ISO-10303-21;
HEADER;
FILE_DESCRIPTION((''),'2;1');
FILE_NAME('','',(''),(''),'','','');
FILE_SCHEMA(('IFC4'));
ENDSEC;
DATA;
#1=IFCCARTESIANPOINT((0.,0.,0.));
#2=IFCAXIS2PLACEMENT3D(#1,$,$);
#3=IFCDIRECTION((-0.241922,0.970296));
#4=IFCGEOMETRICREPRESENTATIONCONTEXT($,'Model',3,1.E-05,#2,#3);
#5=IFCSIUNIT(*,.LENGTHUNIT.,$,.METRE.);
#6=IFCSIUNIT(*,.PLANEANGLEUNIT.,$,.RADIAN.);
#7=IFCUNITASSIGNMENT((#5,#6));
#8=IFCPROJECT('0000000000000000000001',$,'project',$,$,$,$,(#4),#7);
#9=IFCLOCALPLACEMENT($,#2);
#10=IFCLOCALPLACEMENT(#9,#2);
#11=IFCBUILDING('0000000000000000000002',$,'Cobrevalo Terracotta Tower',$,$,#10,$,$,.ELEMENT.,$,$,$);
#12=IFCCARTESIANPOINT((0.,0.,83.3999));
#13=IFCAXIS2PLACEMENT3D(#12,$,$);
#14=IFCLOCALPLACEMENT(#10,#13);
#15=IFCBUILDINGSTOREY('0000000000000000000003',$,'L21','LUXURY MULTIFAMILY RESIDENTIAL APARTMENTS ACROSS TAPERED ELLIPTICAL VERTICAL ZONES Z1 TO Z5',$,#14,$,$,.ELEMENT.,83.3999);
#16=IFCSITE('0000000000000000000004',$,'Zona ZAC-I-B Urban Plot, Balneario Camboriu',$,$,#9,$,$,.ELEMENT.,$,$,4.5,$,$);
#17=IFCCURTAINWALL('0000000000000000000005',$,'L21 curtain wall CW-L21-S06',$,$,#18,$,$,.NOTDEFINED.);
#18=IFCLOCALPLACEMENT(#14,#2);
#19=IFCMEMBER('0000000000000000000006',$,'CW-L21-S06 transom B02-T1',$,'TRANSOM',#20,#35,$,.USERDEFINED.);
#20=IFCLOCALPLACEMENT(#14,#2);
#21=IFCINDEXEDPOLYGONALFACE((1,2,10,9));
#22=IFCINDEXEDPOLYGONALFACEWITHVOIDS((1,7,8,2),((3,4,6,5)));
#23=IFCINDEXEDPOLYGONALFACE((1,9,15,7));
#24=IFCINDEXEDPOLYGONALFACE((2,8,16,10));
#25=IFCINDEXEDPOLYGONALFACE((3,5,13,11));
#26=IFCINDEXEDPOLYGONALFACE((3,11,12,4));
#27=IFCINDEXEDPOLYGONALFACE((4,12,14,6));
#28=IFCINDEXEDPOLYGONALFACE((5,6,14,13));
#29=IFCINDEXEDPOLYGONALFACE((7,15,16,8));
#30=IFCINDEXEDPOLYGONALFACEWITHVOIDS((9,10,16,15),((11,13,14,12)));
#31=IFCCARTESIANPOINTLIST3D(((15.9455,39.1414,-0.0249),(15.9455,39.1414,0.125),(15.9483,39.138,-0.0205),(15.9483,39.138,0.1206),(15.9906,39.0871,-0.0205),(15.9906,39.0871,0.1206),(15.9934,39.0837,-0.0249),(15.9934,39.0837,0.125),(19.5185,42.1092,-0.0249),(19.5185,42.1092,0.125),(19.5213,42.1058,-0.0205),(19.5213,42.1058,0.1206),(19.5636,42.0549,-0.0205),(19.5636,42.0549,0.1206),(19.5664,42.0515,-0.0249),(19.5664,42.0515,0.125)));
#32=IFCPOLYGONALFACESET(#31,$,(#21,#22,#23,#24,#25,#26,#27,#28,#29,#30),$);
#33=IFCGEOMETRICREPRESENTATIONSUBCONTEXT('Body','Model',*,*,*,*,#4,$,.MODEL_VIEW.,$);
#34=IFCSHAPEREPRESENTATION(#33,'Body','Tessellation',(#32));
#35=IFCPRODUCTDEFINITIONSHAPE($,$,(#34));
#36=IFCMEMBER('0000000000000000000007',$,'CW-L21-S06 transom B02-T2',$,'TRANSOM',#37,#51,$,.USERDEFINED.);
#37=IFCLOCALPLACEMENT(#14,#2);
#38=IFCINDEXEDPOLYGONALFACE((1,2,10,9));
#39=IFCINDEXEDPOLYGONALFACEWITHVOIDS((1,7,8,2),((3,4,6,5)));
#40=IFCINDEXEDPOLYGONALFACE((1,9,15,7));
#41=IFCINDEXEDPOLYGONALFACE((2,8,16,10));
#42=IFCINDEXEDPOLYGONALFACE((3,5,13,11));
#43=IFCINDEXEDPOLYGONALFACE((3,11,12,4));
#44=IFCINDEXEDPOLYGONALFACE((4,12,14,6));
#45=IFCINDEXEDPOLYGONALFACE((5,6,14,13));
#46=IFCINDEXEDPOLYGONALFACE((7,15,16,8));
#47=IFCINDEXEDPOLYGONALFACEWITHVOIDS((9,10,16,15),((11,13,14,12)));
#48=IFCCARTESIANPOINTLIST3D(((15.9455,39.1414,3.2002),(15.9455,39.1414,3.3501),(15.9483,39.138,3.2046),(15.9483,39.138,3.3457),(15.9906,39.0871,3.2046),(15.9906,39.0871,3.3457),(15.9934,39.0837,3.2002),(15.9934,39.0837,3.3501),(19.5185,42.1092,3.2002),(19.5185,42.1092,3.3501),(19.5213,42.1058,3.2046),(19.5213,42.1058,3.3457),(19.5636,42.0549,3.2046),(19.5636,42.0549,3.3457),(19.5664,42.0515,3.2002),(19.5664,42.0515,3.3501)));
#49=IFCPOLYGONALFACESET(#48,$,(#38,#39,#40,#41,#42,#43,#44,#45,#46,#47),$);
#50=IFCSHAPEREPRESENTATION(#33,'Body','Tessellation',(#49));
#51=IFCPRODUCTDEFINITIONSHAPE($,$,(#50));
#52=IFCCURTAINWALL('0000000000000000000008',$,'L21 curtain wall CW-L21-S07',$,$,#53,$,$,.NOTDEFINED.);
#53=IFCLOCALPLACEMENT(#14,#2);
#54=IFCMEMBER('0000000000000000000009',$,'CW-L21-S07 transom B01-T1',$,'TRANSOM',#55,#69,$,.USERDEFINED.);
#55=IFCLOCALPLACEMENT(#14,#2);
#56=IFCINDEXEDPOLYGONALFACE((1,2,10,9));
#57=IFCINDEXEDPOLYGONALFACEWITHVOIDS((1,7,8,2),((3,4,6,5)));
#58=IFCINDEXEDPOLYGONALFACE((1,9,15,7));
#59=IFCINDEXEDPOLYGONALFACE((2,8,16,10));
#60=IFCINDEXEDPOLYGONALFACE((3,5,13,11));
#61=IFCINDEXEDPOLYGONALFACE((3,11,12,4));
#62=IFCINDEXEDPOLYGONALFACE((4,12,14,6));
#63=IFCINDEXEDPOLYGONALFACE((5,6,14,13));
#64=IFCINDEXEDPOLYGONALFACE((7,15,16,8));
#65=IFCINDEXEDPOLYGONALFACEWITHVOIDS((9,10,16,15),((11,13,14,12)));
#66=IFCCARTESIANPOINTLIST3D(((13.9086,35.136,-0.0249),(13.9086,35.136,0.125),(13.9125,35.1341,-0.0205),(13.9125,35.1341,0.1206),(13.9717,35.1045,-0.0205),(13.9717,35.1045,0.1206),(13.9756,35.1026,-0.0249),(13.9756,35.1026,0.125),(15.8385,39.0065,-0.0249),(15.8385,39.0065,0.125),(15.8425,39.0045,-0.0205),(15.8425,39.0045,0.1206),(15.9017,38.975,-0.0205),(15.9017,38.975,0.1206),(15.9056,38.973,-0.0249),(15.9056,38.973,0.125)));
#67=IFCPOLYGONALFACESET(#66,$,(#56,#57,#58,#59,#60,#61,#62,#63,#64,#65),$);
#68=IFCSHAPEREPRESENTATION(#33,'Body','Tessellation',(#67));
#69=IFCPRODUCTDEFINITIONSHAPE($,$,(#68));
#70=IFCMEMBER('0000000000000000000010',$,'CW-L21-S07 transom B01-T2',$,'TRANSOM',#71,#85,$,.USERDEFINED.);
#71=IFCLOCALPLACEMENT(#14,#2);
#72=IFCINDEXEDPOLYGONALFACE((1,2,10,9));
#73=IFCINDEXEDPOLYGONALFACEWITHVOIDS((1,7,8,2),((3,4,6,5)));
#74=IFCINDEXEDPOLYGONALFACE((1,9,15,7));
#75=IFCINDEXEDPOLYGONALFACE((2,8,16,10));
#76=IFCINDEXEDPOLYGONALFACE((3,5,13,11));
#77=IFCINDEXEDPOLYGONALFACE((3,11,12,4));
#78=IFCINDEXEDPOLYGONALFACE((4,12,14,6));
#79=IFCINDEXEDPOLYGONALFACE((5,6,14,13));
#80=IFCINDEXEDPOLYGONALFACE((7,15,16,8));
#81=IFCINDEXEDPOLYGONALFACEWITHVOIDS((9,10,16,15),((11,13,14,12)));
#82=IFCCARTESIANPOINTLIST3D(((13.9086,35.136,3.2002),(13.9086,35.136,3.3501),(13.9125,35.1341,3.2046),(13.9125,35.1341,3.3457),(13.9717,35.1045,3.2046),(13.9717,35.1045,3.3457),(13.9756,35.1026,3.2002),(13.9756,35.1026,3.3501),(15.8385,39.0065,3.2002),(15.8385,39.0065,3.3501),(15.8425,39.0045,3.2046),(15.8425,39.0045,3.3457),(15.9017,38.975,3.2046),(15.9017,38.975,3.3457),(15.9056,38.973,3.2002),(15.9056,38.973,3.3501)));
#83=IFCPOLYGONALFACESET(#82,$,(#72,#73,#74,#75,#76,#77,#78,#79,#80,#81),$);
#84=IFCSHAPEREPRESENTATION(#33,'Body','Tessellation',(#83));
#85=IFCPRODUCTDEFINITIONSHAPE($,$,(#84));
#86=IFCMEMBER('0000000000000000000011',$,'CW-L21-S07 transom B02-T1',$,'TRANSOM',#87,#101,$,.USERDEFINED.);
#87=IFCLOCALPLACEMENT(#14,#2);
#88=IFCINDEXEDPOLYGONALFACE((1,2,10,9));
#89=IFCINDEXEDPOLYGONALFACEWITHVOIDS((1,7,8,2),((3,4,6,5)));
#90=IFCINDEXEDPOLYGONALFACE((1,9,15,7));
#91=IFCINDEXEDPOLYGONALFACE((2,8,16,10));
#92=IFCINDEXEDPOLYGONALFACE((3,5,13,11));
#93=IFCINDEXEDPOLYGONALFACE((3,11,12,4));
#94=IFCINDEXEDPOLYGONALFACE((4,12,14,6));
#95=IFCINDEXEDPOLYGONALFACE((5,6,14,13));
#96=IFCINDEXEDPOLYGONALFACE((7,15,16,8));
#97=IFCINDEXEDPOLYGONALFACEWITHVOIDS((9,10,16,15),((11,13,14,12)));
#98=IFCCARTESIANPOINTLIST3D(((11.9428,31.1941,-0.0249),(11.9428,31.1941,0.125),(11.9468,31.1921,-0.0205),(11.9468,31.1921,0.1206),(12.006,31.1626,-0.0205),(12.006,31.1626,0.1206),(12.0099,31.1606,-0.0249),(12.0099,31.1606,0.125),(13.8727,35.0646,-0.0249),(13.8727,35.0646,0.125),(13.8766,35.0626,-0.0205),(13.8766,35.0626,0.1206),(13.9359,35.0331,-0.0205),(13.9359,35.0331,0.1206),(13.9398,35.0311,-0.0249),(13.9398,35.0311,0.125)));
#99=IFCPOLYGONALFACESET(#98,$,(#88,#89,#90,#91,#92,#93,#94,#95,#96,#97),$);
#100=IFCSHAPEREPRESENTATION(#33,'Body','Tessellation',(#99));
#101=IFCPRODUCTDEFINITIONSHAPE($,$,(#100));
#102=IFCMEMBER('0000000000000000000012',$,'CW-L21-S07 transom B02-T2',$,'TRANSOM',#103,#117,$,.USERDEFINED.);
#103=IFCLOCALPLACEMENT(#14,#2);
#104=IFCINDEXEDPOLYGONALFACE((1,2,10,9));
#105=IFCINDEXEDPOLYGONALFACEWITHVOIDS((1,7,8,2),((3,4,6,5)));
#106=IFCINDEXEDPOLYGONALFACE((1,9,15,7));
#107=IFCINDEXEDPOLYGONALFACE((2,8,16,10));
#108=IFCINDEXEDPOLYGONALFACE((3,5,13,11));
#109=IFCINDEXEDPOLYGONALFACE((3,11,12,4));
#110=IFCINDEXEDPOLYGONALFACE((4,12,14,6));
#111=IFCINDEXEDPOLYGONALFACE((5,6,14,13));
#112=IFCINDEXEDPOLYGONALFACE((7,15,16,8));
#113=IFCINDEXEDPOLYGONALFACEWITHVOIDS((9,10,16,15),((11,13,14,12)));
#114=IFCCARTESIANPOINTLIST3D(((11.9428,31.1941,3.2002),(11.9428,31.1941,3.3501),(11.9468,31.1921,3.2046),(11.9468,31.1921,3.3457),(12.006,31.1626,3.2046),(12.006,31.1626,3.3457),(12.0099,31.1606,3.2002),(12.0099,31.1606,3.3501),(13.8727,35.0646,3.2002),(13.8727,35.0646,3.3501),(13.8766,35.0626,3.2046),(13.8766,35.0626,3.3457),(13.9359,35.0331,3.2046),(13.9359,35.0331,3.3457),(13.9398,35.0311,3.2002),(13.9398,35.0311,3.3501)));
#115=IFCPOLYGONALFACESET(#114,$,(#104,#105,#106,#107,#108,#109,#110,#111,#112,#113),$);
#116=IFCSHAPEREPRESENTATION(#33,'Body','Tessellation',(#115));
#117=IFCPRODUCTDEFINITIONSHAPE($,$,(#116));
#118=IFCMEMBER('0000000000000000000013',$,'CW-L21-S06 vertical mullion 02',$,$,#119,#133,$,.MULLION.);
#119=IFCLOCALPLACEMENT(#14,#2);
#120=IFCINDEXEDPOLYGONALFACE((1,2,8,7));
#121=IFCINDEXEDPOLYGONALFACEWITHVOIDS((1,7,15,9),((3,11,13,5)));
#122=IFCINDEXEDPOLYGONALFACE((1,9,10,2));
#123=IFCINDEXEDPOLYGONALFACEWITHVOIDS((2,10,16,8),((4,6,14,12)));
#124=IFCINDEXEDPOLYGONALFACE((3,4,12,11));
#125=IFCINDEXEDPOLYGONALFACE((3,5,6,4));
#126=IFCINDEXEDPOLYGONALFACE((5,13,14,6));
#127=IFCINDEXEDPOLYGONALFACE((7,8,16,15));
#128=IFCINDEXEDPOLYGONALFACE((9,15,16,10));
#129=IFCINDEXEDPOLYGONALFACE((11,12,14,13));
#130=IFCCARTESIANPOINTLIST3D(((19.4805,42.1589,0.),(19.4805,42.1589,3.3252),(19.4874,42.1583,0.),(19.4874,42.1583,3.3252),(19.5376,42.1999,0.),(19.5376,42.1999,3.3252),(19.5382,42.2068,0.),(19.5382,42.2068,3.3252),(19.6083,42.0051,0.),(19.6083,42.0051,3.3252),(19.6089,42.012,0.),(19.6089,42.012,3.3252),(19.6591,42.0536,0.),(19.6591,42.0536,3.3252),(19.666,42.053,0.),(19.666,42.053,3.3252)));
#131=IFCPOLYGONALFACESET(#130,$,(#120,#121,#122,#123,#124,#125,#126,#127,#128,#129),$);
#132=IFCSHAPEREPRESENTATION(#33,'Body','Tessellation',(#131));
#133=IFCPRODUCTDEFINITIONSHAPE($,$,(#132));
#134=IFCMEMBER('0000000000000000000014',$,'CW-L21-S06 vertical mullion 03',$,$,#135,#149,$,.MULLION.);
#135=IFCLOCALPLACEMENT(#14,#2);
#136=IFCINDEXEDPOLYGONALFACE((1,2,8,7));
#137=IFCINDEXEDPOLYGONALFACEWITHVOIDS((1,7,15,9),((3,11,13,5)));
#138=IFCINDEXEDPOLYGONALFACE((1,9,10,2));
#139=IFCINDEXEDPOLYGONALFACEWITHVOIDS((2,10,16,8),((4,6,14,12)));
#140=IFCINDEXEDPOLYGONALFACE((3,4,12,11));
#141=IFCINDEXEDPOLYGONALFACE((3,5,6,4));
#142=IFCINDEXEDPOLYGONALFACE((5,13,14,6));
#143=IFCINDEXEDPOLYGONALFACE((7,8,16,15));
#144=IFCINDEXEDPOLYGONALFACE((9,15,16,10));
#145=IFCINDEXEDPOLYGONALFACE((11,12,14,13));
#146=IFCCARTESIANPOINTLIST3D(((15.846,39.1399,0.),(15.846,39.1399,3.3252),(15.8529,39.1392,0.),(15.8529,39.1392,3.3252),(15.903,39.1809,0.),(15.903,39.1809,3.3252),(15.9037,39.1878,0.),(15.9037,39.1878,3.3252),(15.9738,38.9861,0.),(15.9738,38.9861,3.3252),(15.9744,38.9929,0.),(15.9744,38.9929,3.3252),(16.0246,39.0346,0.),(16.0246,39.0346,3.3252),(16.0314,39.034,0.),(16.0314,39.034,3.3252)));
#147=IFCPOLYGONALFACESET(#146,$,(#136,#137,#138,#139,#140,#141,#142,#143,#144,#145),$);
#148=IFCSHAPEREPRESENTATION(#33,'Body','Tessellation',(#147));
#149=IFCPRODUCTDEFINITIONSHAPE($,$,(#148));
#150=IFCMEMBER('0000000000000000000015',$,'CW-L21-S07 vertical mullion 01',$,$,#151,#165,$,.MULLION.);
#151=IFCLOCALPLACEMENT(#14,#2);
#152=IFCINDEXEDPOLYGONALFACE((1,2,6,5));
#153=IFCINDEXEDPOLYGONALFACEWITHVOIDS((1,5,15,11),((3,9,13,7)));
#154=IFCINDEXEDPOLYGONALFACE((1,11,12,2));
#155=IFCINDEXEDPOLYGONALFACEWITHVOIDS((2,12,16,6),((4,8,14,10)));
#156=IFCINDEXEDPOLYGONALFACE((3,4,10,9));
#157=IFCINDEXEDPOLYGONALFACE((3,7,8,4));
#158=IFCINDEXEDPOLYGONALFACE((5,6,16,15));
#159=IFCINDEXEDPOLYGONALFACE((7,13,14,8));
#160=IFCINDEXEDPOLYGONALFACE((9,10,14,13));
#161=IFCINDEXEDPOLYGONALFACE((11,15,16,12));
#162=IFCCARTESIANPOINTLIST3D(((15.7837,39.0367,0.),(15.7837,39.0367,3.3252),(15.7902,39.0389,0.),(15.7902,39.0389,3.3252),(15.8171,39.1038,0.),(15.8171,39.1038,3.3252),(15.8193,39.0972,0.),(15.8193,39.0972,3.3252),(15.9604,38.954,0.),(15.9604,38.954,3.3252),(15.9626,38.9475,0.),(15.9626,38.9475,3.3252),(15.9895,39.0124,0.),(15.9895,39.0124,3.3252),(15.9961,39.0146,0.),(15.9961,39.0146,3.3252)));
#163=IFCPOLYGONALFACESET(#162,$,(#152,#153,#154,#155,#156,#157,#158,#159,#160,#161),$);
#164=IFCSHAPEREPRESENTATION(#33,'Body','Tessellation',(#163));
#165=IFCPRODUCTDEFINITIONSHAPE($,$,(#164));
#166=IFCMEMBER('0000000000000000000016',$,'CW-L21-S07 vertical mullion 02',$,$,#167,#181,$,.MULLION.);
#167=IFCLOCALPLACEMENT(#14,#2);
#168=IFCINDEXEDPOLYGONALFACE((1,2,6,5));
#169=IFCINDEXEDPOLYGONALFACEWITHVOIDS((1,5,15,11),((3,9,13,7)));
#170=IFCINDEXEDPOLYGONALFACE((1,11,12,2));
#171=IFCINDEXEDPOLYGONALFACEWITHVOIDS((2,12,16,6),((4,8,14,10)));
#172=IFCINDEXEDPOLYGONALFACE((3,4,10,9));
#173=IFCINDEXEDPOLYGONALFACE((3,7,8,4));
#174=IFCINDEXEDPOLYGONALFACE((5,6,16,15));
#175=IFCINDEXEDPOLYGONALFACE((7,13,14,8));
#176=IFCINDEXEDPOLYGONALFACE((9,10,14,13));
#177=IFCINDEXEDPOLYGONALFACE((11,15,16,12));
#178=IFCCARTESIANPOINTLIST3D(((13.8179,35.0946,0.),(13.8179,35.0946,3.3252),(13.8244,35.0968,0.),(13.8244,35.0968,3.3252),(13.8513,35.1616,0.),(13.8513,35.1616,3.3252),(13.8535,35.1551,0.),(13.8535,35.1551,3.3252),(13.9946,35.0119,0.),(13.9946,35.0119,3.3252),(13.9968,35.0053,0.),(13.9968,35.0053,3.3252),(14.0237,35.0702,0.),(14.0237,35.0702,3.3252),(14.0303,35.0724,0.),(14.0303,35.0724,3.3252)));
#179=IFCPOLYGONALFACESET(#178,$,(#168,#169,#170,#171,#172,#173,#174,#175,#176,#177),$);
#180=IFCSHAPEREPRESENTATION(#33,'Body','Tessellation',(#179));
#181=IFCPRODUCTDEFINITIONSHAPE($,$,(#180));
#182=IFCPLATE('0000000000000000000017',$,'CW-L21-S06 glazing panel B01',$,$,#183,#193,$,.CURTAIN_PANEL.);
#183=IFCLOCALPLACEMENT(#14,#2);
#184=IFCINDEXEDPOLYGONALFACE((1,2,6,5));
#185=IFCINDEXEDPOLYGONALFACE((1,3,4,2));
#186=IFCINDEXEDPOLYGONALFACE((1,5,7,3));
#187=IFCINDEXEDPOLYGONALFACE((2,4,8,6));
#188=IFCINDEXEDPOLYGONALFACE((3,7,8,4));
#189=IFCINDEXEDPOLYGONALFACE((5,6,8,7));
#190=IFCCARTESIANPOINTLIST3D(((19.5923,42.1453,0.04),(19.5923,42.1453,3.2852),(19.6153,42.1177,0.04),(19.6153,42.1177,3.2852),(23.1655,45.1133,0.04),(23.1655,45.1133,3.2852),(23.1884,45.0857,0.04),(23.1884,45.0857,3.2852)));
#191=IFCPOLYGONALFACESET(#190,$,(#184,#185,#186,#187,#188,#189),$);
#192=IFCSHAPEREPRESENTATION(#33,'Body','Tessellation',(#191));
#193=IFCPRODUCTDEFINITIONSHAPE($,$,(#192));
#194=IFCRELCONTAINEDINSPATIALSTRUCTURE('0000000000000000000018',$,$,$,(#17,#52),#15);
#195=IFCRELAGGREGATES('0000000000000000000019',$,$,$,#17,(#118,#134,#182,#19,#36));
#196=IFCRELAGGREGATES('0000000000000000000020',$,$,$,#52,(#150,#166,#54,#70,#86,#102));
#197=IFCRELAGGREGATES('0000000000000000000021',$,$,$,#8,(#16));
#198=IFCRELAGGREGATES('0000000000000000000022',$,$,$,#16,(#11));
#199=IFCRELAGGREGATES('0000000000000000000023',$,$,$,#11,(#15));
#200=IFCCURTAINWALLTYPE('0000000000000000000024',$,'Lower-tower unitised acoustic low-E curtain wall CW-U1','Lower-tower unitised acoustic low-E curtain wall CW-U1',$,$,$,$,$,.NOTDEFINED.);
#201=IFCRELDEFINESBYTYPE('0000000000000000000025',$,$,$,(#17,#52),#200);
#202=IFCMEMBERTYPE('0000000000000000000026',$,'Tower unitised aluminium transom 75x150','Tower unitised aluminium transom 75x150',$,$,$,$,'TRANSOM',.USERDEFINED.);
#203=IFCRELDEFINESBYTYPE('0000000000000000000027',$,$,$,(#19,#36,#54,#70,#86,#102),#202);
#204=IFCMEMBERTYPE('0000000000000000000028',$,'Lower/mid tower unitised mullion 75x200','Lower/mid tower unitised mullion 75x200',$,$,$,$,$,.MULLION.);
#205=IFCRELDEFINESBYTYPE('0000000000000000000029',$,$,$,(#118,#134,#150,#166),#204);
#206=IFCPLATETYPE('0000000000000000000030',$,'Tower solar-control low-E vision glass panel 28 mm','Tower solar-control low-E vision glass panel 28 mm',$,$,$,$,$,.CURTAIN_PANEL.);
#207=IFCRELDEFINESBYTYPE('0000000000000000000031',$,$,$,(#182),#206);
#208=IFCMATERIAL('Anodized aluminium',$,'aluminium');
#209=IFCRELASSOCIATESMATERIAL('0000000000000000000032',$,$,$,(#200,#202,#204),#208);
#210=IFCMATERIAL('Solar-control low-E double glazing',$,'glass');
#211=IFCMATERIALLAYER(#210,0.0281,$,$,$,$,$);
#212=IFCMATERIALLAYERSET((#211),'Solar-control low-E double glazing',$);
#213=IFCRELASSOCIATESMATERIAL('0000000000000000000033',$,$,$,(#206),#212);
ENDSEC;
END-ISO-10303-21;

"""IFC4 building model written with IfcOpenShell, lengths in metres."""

from ifc_helpers import new_model, si_unit, direction, frame, origin, origin_2d, place, context, subcontext, project, spatial, rectangle, hollow_rectangle, extrude, source, transform, mapped, material, layer, layer_set, material_profile, profile_set, type_object, element, aggregate, save


model = new_model("IFC4")

# Units and contexts
model_context = context("Model", 3, precision=1e-05, world=origin(), true_north=direction((-0.241922, 0.970296)))
body_context = subcontext(model_context, "Body", "Model", "MODEL_VIEW")
ifc_project = project(units=[si_unit("LENGTHUNIT", "METRE"), si_unit("PLANEANGLEUNIT", "RADIAN")], contexts=[model_context])

# Site, building, storey
site_placement = place(None, origin())
site = spatial("IfcSite", under=ifc_project, at=site_placement, Name="Zona ZAC-I-B Urban Plot, Balneario Camboriu", CompositionType="ELEMENT", RefElevation=4.5)
building_placement = place(site_placement, origin())
building = spatial("IfcBuilding", under=site, at=building_placement, Name="Cobrevalo Terracotta Tower", CompositionType="ELEMENT")
storey_placement = place(building_placement, frame((0.0, 0.0, 83.3999)))
storey = spatial("IfcBuildingStorey", under=building, at=storey_placement, Name="L21", Description="LUXURY MULTIFAMILY RESIDENTIAL APARTMENTS ACROSS TAPERED ELLIPTICAL VERTICAL ZONES Z1 TO Z5", CompositionType="ELEMENT", Elevation=83.3999)

# Curtain walls, members
ifc_material_1 = material(Name="Anodized aluminium", Category="aluminium")
curtain_wall_type = type_object("IfcCurtainWallType", Name="Lower-tower unitised acoustic low-E curtain wall CW-U1", Description="Lower-tower unitised acoustic low-E curtain wall CW-U1", PredefinedType="NOTDEFINED", material=ifc_material_1)
curtain_wall_1_placement = place(storey_placement, origin())
curtain_wall_1 = element("IfcCurtainWall", 1, at=curtain_wall_1_placement, inside=storey, type_object=curtain_wall_type, Name="L21 curtain wall CW-L21-S06", PredefinedType="NOTDEFINED")
ifc_material_profile_1 = material_profile(ifc_material_1, hollow_rectangle(XDim=0.075, YDim=0.1499, WallThickness=0.0044, at=origin_2d()), Name="CWT 75x150")
ifc_profile_set_1 = profile_set([ifc_material_profile_1], Name="Anodized aluminium")
member_type_1 = type_object("IfcMemberType", Name="Tower unitised aluminium transom 75x150", Description="Tower unitised aluminium transom 75x150", ElementType="TRANSOM", PredefinedType="USERDEFINED", material=ifc_profile_set_1)
shared_shape_1 = source(origin(), body_context, "Body", "SweptSolid", [
    extrude(hollow_rectangle(XDim=0.075, YDim=0.1499, WallThickness=0.0044, at=origin_2d()), origin(), (0.0, 0.0, 1.0), 4.6448),
])
member_1_placement = place(storey_placement, frame((19.5425, 42.0803, 0.05), z_axis=(-0.76925, -0.638948, 0.0), x_axis=(0.638948, -0.76925, 0.0)))
member_1 = element("IfcMember", 2, at=member_1_placement, type_object=member_type_1, Name="CW-L21-S06 transom B02-T1", ObjectType="TRANSOM", PredefinedType="USERDEFINED", context=body_context, shape_type="MappedRepresentation", body=[
    mapped(shared_shape_1, transform((0.0, 0.0, 0.0), scale=1.0)),
])
member_2_placement = place(storey_placement, frame((19.5425, 42.0803, 3.2751), z_axis=(-0.76925, -0.638948, 0.0), x_axis=(0.638948, -0.76925, 0.0)))
member_2 = element("IfcMember", 3, at=member_2_placement, type_object=member_type_1, Name="CW-L21-S06 transom B02-T2", ObjectType="TRANSOM", PredefinedType="USERDEFINED", context=body_context, shape_type="MappedRepresentation", body=[
    mapped(shared_shape_1, transform((0.0, 0.0, 0.0), scale=1.0)),
])
curtain_wall_2_placement = place(storey_placement, origin())
curtain_wall_2 = element("IfcCurtainWall", 4, at=curtain_wall_2_placement, inside=storey, type_object=curtain_wall_type, Name="L21 curtain wall CW-L21-S07", PredefinedType="NOTDEFINED")
shared_shape_2 = source(origin(), body_context, "Body", "SweptSolid", [
    extrude(hollow_rectangle(XDim=0.075, YDim=0.1499, WallThickness=0.0044, at=origin_2d()), origin(), (0.0, 0.0, 1.0), 4.325),
])
member_3_placement = place(storey_placement, frame((15.8721, 38.9897, 0.05), z_axis=(-0.446242, -0.894912, 0.0), x_axis=(0.894912, -0.446242, 0.0)))
member_3 = element("IfcMember", 5, at=member_3_placement, type_object=member_type_1, Name="CW-L21-S07 transom B01-T1", ObjectType="TRANSOM", PredefinedType="USERDEFINED", context=body_context, shape_type="MappedRepresentation", body=[
    mapped(shared_shape_2, transform((0.0, 0.0, 0.0), scale=1.0)),
])
member_4_placement = place(storey_placement, frame((15.8721, 38.9897, 3.2751), z_axis=(-0.446242, -0.894912, 0.0), x_axis=(0.894912, -0.446242, 0.0)))
member_4 = element("IfcMember", 6, at=member_4_placement, type_object=member_type_1, Name="CW-L21-S07 transom B01-T2", ObjectType="TRANSOM", PredefinedType="USERDEFINED", context=body_context, shape_type="MappedRepresentation", body=[
    mapped(shared_shape_2, transform((0.0, 0.0, 0.0), scale=1.0)),
])
member_5_placement = place(storey_placement, frame((13.9062, 35.0479, 0.05), z_axis=(-0.44622, -0.894923, 0.0), x_axis=(0.894923, -0.44622, 0.0)))
member_5 = element("IfcMember", 7, at=member_5_placement, type_object=member_type_1, Name="CW-L21-S07 transom B02-T1", ObjectType="TRANSOM", PredefinedType="USERDEFINED", context=body_context, shape_type="MappedRepresentation", body=[
    mapped(shared_shape_2, transform((0.0, 0.0, 0.0), scale=1.0)),
])
member_6_placement = place(storey_placement, frame((13.9062, 35.0479, 3.2751), z_axis=(-0.44622, -0.894923, 0.0), x_axis=(0.894923, -0.44622, 0.0)))
member_6 = element("IfcMember", 8, at=member_6_placement, type_object=member_type_1, Name="CW-L21-S07 transom B02-T2", ObjectType="TRANSOM", PredefinedType="USERDEFINED", context=body_context, shape_type="MappedRepresentation", body=[
    mapped(shared_shape_2, transform((0.0, 0.0, 0.0), scale=1.0)),
])

# Members
ifc_material_profile_2 = material_profile(ifc_material_1, hollow_rectangle(XDim=0.075, YDim=0.2, WallThickness=0.0049, at=origin_2d()), Name="CWM 75x200")
ifc_profile_set_2 = profile_set([ifc_material_profile_2], Name="Anodized aluminium")
member_type_2 = type_object("IfcMemberType", Name="Lower/mid tower unitised mullion 75x200", Description="Lower/mid tower unitised mullion 75x200", PredefinedType="MULLION", material=ifc_profile_set_2)
shared_shape_3 = source(origin(), body_context, "Body", "SweptSolid", [
    extrude(hollow_rectangle(XDim=0.075, YDim=0.2, WallThickness=0.0049, at=origin_2d()), origin(), (0.0, 0.0, 1.0), 3.3252),
])
member_7_placement = place(storey_placement, frame((19.5732, 42.106, 0.0), z_axis=(0.0, 0.0, 1.0), x_axis=(-0.769243, -0.638956, 0.0)))
member_7 = element("IfcMember", 9, at=member_7_placement, type_object=member_type_2, Name="CW-L21-S06 vertical mullion 02", PredefinedType="MULLION", context=body_context, shape_type="MappedRepresentation", body=[
    mapped(shared_shape_3, transform((0.0, 0.0, 0.0), scale=1.0)),
])
member_8_placement = place(storey_placement, frame((15.9387, 39.0869, 0.0), z_axis=(0.0, 0.0, 1.0), x_axis=(-0.769243, -0.638956, 0.0)))
member_8 = element("IfcMember", 10, at=member_8_placement, type_object=member_type_2, Name="CW-L21-S06 vertical mullion 03", PredefinedType="MULLION", context=body_context, shape_type="MappedRepresentation", body=[
    mapped(shared_shape_3, transform((0.0, 0.0, 0.0), scale=1.0)),
])
member_9_placement = place(storey_placement, frame((15.8899, 39.0256, 0.0), z_axis=(0.0, 0.0, 1.0), x_axis=(-0.44626, -0.894903, 0.0)))
member_9 = element("IfcMember", 11, at=member_9_placement, type_object=member_type_2, Name="CW-L21-S07 vertical mullion 01", PredefinedType="MULLION", context=body_context, shape_type="MappedRepresentation", body=[
    mapped(shared_shape_3, transform((0.0, 0.0, 0.0), scale=1.0)),
])
member_10_placement = place(storey_placement, frame((13.9241, 35.0835, 0.0), z_axis=(0.0, 0.0, 1.0), x_axis=(-0.44626, -0.894903, 0.0)))
member_10 = element("IfcMember", 12, at=member_10_placement, type_object=member_type_2, Name="CW-L21-S07 vertical mullion 02", PredefinedType="MULLION", context=body_context, shape_type="MappedRepresentation", body=[
    mapped(shared_shape_3, transform((0.0, 0.0, 0.0), scale=1.0)),
])

# Plate
ifc_material_2 = material(Name="Solar-control low-E double glazing", Category="glass")
ifc_layer = layer(ifc_material_2, 0.0281)
ifc_layer_set = layer_set([ifc_layer], Name="Solar-control low-E double glazing")
plate_type = type_object("IfcPlateType", Name="Tower solar-control low-E vision glass panel 28 mm", Description="Tower solar-control low-E vision glass panel 28 mm", PredefinedType="CURTAIN_PANEL", material=ifc_layer_set)
shared_shape_4 = source(origin(), body_context, "Body", "SweptSolid", [
    extrude(rectangle(XDim=4.645, YDim=0.0359, at=origin_2d()), origin(), (0.0, 0.0, 1.0), 3.2451),
])
plate_1_placement = place(storey_placement, frame((21.3904, 43.6155, 0.04), z_axis=(0.0, 0.0, 1.0), x_axis=(-0.769241, -0.638958, 0.0)))
plate_1 = element("IfcPlate", 13, at=plate_1_placement, type_object=plate_type, Name="CW-L21-S06 glazing panel B01", PredefinedType="CURTAIN_PANEL", context=body_context, shape_type="MappedRepresentation", body=[
    mapped(shared_shape_4, transform((0.0, 0.0, 0.0), scale=1.0)),
])
aggregate(curtain_wall_1, [member_7, member_8, plate_1, member_1, member_2])
aggregate(curtain_wall_2, [member_9, member_10, member_3, member_4, member_5, member_6])

save(model, "model.ifc")
